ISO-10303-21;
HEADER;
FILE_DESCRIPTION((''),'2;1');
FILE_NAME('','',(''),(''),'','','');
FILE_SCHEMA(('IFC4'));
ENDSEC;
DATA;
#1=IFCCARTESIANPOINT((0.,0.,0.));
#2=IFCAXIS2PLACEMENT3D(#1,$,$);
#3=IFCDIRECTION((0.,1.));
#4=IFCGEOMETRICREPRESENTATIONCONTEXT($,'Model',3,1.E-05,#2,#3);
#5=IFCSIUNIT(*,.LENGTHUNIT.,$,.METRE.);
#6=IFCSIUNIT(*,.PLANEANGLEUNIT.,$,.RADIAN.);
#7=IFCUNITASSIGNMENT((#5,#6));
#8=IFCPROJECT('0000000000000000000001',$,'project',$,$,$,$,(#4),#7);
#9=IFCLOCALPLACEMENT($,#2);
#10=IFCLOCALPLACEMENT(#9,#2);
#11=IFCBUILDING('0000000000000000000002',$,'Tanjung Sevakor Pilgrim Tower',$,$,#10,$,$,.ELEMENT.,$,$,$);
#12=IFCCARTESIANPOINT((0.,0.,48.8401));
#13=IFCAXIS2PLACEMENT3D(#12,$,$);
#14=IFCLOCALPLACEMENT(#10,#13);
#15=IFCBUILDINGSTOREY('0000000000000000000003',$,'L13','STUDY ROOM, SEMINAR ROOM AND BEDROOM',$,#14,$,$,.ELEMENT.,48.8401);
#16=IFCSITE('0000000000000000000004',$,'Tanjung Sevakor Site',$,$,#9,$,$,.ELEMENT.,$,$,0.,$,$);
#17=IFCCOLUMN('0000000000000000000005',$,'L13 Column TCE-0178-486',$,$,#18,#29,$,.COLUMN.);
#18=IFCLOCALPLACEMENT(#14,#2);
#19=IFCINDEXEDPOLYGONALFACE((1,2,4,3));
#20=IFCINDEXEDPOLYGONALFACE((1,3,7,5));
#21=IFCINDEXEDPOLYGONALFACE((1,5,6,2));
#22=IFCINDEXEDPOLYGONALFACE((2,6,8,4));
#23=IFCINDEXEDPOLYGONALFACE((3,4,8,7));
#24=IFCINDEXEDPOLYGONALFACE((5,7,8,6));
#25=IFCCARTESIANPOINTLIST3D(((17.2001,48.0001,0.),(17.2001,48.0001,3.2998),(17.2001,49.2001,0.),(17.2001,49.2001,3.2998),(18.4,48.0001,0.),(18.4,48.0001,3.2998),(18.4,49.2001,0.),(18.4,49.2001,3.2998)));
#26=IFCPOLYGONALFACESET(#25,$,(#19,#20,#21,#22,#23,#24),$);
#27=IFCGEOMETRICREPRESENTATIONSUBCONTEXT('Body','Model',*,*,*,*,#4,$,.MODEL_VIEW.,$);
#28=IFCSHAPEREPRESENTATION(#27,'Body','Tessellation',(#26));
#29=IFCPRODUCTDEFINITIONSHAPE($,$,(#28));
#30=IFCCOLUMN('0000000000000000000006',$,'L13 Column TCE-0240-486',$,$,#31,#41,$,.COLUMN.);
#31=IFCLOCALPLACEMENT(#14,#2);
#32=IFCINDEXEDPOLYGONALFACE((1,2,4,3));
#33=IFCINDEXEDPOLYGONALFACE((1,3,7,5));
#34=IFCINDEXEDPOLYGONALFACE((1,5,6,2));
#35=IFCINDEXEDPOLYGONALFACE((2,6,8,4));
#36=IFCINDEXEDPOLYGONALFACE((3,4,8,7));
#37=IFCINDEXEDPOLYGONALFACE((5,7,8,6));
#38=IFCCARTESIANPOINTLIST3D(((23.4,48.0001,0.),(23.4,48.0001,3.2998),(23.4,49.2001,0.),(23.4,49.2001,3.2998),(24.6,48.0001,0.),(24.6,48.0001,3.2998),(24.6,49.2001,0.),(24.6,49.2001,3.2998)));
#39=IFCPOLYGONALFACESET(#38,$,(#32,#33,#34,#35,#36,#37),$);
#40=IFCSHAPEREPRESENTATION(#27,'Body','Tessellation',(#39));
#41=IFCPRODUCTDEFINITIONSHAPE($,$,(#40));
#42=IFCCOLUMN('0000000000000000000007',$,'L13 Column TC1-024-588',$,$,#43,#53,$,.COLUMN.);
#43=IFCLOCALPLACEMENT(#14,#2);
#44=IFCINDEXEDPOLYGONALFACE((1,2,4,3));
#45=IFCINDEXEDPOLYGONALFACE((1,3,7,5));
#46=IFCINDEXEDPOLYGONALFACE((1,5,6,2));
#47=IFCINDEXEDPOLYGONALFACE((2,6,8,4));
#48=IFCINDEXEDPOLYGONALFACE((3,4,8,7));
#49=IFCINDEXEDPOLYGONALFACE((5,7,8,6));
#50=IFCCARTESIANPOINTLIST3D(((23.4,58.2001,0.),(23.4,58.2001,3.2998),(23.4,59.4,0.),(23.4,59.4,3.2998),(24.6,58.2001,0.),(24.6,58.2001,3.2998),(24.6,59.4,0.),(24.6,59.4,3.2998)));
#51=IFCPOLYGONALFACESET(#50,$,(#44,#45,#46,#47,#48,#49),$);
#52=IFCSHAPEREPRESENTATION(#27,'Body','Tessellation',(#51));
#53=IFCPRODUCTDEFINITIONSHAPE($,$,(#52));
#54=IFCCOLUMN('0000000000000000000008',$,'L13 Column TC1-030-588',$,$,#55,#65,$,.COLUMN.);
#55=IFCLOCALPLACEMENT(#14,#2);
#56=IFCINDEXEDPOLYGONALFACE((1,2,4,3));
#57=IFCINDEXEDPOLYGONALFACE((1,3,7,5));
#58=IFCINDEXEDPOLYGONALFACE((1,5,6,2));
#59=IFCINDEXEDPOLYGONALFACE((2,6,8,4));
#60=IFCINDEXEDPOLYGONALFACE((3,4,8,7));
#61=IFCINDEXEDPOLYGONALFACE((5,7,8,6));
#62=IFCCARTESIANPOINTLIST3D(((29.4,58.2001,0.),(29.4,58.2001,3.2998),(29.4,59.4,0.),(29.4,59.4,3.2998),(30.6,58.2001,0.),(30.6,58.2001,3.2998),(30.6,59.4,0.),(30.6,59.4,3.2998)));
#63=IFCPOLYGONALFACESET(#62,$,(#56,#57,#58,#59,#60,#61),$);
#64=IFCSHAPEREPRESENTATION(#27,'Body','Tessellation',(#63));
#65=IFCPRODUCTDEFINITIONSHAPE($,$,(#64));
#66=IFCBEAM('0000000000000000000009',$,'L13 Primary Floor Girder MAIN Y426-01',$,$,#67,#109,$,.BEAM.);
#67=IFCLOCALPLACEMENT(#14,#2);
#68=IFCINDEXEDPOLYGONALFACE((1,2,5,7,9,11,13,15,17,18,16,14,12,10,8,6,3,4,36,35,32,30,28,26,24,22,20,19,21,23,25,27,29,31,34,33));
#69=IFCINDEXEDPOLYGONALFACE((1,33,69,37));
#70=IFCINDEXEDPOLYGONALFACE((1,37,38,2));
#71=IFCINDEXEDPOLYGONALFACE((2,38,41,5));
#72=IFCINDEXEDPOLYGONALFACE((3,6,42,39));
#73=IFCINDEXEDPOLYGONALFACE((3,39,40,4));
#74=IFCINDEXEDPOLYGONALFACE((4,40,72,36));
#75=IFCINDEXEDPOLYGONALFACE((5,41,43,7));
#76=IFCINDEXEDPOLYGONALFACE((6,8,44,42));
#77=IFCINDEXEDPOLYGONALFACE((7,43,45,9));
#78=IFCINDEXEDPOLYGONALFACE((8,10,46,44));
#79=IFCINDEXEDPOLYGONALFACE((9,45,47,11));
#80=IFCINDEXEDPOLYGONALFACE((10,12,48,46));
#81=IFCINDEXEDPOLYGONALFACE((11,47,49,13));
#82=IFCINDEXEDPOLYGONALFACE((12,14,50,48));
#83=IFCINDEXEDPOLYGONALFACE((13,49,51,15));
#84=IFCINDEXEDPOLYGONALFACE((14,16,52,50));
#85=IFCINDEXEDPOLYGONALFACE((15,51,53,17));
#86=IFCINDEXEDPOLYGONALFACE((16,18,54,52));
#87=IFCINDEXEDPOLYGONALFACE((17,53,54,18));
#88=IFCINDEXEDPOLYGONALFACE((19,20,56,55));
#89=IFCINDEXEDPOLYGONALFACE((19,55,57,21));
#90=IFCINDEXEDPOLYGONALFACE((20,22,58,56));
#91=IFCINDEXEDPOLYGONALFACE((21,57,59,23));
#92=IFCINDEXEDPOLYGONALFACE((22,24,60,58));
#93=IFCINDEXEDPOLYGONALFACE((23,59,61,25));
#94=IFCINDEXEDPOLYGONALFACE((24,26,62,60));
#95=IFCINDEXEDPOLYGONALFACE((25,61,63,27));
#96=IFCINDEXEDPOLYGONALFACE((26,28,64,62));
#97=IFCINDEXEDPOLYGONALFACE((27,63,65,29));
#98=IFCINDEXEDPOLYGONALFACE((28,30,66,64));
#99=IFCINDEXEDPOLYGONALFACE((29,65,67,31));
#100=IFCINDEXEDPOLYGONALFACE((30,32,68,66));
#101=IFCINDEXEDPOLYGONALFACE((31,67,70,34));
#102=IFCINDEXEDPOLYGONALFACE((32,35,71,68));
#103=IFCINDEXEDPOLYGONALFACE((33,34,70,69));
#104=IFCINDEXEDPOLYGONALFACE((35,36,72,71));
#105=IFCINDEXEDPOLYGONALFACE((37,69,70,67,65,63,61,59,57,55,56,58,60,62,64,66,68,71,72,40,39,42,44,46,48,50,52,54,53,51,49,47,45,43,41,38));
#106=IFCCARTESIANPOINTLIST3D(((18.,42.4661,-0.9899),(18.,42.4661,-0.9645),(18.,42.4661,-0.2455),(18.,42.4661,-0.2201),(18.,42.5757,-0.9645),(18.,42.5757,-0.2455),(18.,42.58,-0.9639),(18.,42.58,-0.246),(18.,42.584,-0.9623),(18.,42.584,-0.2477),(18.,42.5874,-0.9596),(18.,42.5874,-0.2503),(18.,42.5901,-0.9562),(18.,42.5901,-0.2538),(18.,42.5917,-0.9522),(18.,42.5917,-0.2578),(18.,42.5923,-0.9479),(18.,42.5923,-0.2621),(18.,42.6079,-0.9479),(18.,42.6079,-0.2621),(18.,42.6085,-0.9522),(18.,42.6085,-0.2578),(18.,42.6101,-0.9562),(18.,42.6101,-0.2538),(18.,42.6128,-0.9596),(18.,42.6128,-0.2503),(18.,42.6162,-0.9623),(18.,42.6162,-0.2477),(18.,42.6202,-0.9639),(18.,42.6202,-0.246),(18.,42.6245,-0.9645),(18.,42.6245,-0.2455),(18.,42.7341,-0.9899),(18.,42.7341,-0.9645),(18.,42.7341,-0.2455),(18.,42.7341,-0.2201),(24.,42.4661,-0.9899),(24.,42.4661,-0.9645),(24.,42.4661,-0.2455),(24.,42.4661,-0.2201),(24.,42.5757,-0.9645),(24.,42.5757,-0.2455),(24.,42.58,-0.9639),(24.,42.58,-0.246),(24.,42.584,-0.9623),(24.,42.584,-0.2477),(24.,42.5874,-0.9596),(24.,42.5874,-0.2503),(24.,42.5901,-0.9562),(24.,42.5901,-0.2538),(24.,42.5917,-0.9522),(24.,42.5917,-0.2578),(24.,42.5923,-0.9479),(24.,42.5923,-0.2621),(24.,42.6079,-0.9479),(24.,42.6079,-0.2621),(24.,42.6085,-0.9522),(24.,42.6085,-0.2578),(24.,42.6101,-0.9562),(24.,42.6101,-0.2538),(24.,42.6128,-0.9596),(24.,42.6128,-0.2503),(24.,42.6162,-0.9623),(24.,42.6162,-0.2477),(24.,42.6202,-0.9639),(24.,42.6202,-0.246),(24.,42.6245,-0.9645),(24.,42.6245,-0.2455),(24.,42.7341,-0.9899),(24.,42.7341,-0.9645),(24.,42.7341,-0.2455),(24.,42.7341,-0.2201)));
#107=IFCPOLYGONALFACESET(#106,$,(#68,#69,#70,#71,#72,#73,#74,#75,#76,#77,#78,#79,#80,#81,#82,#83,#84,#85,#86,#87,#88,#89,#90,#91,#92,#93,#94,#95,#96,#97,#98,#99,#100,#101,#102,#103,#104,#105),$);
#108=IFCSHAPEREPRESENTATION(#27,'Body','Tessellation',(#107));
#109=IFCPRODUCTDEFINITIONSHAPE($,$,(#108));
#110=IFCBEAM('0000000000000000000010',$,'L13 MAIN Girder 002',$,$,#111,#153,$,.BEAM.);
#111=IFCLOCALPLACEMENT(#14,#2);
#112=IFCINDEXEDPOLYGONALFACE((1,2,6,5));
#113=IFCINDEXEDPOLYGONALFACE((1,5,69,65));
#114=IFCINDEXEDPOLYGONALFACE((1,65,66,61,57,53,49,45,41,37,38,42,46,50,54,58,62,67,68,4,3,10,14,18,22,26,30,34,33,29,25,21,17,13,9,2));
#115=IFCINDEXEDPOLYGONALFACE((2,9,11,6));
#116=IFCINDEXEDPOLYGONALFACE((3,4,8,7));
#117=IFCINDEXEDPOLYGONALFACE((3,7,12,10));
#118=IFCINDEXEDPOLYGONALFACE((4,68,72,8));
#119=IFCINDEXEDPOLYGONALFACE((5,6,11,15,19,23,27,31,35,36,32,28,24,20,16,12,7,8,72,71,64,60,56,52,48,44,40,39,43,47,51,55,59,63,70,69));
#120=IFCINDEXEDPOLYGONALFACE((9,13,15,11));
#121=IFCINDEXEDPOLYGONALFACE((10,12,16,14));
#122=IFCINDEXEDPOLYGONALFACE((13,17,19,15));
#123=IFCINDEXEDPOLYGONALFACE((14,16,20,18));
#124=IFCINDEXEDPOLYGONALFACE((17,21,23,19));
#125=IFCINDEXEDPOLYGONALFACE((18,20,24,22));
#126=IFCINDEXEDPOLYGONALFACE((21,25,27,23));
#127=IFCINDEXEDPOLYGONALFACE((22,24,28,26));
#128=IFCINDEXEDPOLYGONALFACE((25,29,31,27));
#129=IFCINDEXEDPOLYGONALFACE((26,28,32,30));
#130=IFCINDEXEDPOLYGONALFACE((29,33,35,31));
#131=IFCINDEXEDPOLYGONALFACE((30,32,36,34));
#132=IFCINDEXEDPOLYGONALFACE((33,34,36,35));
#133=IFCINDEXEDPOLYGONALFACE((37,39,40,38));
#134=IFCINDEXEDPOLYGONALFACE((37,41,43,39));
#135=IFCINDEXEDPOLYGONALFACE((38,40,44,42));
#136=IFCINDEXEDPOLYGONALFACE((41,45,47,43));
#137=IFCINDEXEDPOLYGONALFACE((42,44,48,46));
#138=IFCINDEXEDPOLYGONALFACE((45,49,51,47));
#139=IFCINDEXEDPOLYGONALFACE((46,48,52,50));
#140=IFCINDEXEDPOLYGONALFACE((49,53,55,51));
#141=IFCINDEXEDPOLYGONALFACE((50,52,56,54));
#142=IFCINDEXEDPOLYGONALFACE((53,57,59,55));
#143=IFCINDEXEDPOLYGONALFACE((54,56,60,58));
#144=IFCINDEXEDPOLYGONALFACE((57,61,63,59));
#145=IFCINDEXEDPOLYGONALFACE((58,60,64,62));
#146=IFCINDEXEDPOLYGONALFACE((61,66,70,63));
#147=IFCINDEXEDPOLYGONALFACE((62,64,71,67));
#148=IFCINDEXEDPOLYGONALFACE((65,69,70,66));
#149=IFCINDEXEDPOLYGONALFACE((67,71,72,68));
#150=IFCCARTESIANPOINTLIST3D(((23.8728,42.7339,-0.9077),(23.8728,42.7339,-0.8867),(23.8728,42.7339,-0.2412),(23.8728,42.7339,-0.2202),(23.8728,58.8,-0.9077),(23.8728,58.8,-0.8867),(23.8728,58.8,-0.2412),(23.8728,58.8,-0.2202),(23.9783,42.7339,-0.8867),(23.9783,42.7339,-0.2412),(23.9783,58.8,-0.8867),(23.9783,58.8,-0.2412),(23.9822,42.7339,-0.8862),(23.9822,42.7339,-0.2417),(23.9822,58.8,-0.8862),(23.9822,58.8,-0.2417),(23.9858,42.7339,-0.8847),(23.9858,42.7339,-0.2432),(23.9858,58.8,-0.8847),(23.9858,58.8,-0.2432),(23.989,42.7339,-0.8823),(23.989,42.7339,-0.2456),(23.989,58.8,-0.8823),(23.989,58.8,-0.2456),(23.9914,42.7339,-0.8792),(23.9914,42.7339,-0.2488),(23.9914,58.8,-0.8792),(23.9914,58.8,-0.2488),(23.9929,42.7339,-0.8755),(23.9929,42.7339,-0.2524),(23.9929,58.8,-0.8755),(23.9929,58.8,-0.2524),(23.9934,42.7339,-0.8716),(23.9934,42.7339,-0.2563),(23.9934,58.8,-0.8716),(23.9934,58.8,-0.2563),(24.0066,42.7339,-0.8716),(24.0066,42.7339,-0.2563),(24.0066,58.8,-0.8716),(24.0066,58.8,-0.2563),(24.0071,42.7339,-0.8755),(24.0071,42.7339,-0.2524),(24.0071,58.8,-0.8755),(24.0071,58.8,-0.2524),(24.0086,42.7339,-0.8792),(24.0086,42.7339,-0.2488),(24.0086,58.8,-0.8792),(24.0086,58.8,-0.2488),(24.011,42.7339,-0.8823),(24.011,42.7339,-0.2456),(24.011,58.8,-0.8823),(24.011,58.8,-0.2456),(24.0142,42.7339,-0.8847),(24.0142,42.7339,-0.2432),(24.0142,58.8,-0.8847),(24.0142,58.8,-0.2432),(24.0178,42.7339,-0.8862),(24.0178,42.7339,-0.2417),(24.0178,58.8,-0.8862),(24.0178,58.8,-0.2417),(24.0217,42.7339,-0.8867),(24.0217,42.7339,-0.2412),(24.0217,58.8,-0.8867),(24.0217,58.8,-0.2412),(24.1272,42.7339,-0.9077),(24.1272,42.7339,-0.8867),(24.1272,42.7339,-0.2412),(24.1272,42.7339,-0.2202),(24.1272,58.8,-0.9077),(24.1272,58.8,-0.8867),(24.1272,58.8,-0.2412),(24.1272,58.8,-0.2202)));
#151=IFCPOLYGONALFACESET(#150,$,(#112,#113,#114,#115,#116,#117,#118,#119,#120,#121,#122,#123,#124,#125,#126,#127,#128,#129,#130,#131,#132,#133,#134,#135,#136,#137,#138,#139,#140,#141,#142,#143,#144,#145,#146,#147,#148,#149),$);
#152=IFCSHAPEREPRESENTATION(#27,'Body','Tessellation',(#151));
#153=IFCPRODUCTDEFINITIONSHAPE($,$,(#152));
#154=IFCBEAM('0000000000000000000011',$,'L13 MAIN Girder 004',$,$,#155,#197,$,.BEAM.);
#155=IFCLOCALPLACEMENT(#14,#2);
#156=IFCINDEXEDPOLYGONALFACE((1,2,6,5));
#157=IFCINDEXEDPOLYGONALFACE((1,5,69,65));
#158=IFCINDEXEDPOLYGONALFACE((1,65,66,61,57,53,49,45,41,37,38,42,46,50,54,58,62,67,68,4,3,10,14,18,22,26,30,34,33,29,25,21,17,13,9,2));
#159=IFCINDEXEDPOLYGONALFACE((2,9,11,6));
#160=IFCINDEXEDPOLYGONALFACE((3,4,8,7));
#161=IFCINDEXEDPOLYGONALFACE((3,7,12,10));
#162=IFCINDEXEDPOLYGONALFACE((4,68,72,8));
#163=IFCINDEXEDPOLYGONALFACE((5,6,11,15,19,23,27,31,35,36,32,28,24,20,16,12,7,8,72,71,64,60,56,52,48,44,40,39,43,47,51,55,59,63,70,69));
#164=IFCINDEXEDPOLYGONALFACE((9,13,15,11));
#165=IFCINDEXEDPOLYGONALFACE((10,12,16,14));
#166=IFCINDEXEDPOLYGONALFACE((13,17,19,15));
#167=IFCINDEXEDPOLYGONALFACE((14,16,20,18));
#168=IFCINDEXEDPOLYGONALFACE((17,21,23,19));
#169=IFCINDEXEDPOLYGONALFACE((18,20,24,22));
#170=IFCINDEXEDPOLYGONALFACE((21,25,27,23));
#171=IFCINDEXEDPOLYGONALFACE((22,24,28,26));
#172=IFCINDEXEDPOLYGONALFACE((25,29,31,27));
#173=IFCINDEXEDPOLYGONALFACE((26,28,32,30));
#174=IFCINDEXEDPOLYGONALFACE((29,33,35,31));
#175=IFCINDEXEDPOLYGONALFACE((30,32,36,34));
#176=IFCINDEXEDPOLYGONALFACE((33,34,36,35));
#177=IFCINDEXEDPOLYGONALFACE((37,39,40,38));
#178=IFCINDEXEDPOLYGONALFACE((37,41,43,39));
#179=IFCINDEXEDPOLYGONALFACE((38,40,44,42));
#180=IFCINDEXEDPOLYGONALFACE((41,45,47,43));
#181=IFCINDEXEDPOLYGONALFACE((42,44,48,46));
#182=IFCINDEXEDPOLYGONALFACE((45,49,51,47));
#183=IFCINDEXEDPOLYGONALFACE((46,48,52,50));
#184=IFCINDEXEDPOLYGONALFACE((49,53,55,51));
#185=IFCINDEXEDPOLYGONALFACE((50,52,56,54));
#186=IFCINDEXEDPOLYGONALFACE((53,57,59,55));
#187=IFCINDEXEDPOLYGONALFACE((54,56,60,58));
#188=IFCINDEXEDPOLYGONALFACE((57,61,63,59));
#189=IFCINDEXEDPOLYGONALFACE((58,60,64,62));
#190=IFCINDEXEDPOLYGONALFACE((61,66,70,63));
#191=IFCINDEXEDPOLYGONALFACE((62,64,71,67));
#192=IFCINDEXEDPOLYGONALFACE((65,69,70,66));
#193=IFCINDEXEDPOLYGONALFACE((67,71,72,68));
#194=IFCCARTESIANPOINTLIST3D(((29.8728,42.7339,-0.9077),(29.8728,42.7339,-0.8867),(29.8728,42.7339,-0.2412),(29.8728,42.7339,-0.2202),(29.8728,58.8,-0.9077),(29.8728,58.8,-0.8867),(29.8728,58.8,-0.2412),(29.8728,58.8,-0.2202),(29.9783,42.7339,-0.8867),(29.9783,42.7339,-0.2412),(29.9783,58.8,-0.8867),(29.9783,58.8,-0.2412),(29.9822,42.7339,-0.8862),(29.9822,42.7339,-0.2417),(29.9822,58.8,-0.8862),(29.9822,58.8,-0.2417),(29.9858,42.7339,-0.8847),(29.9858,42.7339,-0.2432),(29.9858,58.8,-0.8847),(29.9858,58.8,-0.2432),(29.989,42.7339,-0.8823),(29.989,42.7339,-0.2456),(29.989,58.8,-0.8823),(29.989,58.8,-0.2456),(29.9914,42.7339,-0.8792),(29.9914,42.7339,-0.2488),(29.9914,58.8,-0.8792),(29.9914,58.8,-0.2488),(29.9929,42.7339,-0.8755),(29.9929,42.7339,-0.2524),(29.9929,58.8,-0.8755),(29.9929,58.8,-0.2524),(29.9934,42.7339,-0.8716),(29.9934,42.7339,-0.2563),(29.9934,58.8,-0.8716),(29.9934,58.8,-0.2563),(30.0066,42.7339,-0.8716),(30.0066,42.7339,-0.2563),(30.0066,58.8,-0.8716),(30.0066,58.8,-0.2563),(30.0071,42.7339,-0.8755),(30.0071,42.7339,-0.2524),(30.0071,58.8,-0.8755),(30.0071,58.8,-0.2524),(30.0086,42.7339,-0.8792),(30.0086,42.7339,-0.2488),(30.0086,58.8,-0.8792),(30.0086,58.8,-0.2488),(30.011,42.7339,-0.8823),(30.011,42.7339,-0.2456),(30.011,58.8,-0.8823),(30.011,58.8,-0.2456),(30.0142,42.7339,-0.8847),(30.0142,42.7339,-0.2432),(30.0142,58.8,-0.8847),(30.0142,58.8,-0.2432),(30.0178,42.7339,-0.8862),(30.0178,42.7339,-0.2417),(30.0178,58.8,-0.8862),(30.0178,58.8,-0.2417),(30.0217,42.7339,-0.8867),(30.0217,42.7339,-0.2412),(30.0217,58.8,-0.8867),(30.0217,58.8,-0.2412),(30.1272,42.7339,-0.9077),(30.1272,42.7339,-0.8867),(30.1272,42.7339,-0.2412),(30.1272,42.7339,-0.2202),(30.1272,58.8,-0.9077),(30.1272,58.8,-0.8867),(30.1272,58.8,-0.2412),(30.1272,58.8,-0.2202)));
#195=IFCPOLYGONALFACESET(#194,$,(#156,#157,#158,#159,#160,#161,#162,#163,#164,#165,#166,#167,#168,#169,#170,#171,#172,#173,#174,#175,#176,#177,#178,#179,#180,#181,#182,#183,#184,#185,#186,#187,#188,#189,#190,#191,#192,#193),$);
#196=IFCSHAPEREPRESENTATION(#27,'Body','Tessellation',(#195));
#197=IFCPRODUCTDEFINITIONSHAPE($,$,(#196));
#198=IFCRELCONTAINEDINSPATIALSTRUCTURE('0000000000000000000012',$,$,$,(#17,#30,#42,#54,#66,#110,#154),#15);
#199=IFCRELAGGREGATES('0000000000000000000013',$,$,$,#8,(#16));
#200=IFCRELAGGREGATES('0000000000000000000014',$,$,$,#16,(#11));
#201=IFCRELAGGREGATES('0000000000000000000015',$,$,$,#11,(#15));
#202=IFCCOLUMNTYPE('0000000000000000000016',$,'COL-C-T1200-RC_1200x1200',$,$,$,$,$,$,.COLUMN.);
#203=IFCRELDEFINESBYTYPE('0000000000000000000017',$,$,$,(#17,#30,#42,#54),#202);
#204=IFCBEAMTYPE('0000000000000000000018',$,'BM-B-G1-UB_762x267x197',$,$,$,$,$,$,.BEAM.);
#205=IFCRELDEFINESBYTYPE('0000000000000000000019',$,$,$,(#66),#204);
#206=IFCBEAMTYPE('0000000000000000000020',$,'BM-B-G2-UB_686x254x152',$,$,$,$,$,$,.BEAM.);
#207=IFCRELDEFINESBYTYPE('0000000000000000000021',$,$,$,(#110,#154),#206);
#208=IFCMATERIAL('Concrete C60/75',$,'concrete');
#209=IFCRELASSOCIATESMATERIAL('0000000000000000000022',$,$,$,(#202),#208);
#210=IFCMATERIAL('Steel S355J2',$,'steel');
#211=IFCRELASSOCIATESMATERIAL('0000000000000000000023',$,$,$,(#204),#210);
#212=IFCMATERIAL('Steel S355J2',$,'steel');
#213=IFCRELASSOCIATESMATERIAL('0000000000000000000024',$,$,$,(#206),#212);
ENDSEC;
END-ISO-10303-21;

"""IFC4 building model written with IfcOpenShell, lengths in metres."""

from ifc_helpers import new_model, si_unit, direction, frame, origin, origin_2d, place, context, subcontext, project, spatial, rectangle, i_section, extrude, material, material_profile, profile_set, type_object, element, save


model = new_model("IFC4")

# Units and contexts
model_context = context("Model", 3, precision=1e-05, world=origin(), true_north=direction((0.0, 1.0)))
body_context = subcontext(model_context, "Body", "Model", "MODEL_VIEW")
ifc_project = project(units=[si_unit("LENGTHUNIT", "METRE"), si_unit("PLANEANGLEUNIT", "RADIAN")], contexts=[model_context])

# Site, building, storey
site_placement = place(None, origin())
site = spatial("IfcSite", under=ifc_project, at=site_placement, Name="Tanjung Sevakor Site", CompositionType="ELEMENT", RefElevation=0.0)
building_placement = place(site_placement, origin())
building = spatial("IfcBuilding", under=site, at=building_placement, Name="Tanjung Sevakor Pilgrim Tower", CompositionType="ELEMENT")
storey_placement = place(building_placement, frame((0.0, 0.0, 48.8401)))
storey = spatial("IfcBuildingStorey", under=building, at=storey_placement, Name="L13", Description="STUDY ROOM, SEMINAR ROOM AND BEDROOM", CompositionType="ELEMENT", Elevation=48.8401)

# Columns
ifc_material_1 = material(Name="Concrete C60/75", Category="concrete")
ifc_material_profile_1 = material_profile(ifc_material_1, rectangle(XDim=1.2, YDim=1.2, at=origin_2d()))
ifc_profile_set_1 = profile_set([ifc_material_profile_1], Name="Concrete C60/75")
column_type = type_object("IfcColumnType", Name="COL-C-T1200-RC_1200x1200", PredefinedType="COLUMN", material=ifc_profile_set_1)
for number, where, z_axis, x_axis, name in (
    (1, (17.8, 48.6001, 0.0), (0.0, 0.0, 1.0), (1.0, 0.0, 0.0), "L13 Column TCE-0178-486"),
    (2, (24.0, 48.6001, 0.0), (0.0, 0.0, 1.0), (1.0, 0.0, 0.0), "L13 Column TCE-0240-486"),
    (3, (24.0, 58.8, 0.0), (0.0, 0.0, 1.0), (1.0, 0.0, 0.0), "L13 Column TC1-024-588"),
    (4, (30.0, 58.8, 0.0), (0.0, 0.0, 1.0), (1.0, 0.0, 0.0), "L13 Column TC1-030-588"),
):
    element("IfcColumn", number, at=place(storey_placement, frame(where, z_axis=z_axis, x_axis=x_axis)), inside=storey, type_object=column_type, Name=name, PredefinedType="COLUMN", context=body_context, shape_type="SweptSolid", body=[
        extrude(rectangle(XDim=1.2, YDim=1.2, at=origin_2d()), origin(), (0.0, 0.0, 1.0), 3.2998),
    ])

# Beams
ifc_material_2 = material(Name="Steel S355J2", Category="steel")
ifc_material_profile_2 = material_profile(ifc_material_2, i_section(OverallWidth=0.2681, OverallDepth=0.7698, WebThickness=0.0156, FlangeThickness=0.0254, FilletRadius=0.0166, at=origin_2d()))
ifc_profile_set_2 = profile_set([ifc_material_profile_2], Name="Steel S355J2")
beam_type_1 = type_object("IfcBeamType", Name="BM-B-G1-UB_762x267x197", PredefinedType="BEAM", material=ifc_profile_set_2)
beam_1_placement = place(storey_placement, frame((18.0, 42.6001, -0.605), z_axis=(1.0, 0.0, 0.0), x_axis=(0.0, 1.0, 0.0)))
element("IfcBeam", 5, at=beam_1_placement, inside=storey, type_object=beam_type_1, Name="L13 Primary Floor Girder MAIN Y426-01", PredefinedType="BEAM", context=body_context, shape_type="SweptSolid", body=[
    extrude(i_section(OverallWidth=0.2681, OverallDepth=0.7698, WebThickness=0.0156, FlangeThickness=0.0254, FilletRadius=0.0166, at=origin_2d()), origin(), (0.0, 0.0, 1.0), 6.0),
])
ifc_material_3 = material(Name="Steel S355J2", Category="steel")
ifc_material_profile_3 = material_profile(ifc_material_3, i_section(OverallWidth=0.2544, OverallDepth=0.6875, WebThickness=0.0132, FlangeThickness=0.021, FilletRadius=0.0151, at=origin_2d()))
ifc_profile_set_3 = profile_set([ifc_material_profile_3], Name="Steel S355J2")
beam_type_2 = type_object("IfcBeamType", Name="BM-B-G2-UB_686x254x152", PredefinedType="BEAM", material=ifc_profile_set_3)
for number, where, z_axis, x_axis, name in (
    (6, (24.0, 42.7339, -0.564), (0.0, 1.0, 0.0), (-1.0, 0.0, 0.0), "L13 MAIN Girder 002"),
    (7, (30.0, 42.7339, -0.564), (0.0, 1.0, 0.0), (-1.0, 0.0, 0.0), "L13 MAIN Girder 004"),
):
    element("IfcBeam", number, at=place(storey_placement, frame(where, z_axis=z_axis, x_axis=x_axis)), inside=storey, type_object=beam_type_2, Name=name, PredefinedType="BEAM", context=body_context, shape_type="SweptSolid", body=[
        extrude(i_section(OverallWidth=0.2544, OverallDepth=0.6875, WebThickness=0.0132, FlangeThickness=0.021, FilletRadius=0.0151, at=origin_2d()), origin(), (0.0, 0.0, 1.0), 16.0662),
    ])

save(model, "model.ifc")
